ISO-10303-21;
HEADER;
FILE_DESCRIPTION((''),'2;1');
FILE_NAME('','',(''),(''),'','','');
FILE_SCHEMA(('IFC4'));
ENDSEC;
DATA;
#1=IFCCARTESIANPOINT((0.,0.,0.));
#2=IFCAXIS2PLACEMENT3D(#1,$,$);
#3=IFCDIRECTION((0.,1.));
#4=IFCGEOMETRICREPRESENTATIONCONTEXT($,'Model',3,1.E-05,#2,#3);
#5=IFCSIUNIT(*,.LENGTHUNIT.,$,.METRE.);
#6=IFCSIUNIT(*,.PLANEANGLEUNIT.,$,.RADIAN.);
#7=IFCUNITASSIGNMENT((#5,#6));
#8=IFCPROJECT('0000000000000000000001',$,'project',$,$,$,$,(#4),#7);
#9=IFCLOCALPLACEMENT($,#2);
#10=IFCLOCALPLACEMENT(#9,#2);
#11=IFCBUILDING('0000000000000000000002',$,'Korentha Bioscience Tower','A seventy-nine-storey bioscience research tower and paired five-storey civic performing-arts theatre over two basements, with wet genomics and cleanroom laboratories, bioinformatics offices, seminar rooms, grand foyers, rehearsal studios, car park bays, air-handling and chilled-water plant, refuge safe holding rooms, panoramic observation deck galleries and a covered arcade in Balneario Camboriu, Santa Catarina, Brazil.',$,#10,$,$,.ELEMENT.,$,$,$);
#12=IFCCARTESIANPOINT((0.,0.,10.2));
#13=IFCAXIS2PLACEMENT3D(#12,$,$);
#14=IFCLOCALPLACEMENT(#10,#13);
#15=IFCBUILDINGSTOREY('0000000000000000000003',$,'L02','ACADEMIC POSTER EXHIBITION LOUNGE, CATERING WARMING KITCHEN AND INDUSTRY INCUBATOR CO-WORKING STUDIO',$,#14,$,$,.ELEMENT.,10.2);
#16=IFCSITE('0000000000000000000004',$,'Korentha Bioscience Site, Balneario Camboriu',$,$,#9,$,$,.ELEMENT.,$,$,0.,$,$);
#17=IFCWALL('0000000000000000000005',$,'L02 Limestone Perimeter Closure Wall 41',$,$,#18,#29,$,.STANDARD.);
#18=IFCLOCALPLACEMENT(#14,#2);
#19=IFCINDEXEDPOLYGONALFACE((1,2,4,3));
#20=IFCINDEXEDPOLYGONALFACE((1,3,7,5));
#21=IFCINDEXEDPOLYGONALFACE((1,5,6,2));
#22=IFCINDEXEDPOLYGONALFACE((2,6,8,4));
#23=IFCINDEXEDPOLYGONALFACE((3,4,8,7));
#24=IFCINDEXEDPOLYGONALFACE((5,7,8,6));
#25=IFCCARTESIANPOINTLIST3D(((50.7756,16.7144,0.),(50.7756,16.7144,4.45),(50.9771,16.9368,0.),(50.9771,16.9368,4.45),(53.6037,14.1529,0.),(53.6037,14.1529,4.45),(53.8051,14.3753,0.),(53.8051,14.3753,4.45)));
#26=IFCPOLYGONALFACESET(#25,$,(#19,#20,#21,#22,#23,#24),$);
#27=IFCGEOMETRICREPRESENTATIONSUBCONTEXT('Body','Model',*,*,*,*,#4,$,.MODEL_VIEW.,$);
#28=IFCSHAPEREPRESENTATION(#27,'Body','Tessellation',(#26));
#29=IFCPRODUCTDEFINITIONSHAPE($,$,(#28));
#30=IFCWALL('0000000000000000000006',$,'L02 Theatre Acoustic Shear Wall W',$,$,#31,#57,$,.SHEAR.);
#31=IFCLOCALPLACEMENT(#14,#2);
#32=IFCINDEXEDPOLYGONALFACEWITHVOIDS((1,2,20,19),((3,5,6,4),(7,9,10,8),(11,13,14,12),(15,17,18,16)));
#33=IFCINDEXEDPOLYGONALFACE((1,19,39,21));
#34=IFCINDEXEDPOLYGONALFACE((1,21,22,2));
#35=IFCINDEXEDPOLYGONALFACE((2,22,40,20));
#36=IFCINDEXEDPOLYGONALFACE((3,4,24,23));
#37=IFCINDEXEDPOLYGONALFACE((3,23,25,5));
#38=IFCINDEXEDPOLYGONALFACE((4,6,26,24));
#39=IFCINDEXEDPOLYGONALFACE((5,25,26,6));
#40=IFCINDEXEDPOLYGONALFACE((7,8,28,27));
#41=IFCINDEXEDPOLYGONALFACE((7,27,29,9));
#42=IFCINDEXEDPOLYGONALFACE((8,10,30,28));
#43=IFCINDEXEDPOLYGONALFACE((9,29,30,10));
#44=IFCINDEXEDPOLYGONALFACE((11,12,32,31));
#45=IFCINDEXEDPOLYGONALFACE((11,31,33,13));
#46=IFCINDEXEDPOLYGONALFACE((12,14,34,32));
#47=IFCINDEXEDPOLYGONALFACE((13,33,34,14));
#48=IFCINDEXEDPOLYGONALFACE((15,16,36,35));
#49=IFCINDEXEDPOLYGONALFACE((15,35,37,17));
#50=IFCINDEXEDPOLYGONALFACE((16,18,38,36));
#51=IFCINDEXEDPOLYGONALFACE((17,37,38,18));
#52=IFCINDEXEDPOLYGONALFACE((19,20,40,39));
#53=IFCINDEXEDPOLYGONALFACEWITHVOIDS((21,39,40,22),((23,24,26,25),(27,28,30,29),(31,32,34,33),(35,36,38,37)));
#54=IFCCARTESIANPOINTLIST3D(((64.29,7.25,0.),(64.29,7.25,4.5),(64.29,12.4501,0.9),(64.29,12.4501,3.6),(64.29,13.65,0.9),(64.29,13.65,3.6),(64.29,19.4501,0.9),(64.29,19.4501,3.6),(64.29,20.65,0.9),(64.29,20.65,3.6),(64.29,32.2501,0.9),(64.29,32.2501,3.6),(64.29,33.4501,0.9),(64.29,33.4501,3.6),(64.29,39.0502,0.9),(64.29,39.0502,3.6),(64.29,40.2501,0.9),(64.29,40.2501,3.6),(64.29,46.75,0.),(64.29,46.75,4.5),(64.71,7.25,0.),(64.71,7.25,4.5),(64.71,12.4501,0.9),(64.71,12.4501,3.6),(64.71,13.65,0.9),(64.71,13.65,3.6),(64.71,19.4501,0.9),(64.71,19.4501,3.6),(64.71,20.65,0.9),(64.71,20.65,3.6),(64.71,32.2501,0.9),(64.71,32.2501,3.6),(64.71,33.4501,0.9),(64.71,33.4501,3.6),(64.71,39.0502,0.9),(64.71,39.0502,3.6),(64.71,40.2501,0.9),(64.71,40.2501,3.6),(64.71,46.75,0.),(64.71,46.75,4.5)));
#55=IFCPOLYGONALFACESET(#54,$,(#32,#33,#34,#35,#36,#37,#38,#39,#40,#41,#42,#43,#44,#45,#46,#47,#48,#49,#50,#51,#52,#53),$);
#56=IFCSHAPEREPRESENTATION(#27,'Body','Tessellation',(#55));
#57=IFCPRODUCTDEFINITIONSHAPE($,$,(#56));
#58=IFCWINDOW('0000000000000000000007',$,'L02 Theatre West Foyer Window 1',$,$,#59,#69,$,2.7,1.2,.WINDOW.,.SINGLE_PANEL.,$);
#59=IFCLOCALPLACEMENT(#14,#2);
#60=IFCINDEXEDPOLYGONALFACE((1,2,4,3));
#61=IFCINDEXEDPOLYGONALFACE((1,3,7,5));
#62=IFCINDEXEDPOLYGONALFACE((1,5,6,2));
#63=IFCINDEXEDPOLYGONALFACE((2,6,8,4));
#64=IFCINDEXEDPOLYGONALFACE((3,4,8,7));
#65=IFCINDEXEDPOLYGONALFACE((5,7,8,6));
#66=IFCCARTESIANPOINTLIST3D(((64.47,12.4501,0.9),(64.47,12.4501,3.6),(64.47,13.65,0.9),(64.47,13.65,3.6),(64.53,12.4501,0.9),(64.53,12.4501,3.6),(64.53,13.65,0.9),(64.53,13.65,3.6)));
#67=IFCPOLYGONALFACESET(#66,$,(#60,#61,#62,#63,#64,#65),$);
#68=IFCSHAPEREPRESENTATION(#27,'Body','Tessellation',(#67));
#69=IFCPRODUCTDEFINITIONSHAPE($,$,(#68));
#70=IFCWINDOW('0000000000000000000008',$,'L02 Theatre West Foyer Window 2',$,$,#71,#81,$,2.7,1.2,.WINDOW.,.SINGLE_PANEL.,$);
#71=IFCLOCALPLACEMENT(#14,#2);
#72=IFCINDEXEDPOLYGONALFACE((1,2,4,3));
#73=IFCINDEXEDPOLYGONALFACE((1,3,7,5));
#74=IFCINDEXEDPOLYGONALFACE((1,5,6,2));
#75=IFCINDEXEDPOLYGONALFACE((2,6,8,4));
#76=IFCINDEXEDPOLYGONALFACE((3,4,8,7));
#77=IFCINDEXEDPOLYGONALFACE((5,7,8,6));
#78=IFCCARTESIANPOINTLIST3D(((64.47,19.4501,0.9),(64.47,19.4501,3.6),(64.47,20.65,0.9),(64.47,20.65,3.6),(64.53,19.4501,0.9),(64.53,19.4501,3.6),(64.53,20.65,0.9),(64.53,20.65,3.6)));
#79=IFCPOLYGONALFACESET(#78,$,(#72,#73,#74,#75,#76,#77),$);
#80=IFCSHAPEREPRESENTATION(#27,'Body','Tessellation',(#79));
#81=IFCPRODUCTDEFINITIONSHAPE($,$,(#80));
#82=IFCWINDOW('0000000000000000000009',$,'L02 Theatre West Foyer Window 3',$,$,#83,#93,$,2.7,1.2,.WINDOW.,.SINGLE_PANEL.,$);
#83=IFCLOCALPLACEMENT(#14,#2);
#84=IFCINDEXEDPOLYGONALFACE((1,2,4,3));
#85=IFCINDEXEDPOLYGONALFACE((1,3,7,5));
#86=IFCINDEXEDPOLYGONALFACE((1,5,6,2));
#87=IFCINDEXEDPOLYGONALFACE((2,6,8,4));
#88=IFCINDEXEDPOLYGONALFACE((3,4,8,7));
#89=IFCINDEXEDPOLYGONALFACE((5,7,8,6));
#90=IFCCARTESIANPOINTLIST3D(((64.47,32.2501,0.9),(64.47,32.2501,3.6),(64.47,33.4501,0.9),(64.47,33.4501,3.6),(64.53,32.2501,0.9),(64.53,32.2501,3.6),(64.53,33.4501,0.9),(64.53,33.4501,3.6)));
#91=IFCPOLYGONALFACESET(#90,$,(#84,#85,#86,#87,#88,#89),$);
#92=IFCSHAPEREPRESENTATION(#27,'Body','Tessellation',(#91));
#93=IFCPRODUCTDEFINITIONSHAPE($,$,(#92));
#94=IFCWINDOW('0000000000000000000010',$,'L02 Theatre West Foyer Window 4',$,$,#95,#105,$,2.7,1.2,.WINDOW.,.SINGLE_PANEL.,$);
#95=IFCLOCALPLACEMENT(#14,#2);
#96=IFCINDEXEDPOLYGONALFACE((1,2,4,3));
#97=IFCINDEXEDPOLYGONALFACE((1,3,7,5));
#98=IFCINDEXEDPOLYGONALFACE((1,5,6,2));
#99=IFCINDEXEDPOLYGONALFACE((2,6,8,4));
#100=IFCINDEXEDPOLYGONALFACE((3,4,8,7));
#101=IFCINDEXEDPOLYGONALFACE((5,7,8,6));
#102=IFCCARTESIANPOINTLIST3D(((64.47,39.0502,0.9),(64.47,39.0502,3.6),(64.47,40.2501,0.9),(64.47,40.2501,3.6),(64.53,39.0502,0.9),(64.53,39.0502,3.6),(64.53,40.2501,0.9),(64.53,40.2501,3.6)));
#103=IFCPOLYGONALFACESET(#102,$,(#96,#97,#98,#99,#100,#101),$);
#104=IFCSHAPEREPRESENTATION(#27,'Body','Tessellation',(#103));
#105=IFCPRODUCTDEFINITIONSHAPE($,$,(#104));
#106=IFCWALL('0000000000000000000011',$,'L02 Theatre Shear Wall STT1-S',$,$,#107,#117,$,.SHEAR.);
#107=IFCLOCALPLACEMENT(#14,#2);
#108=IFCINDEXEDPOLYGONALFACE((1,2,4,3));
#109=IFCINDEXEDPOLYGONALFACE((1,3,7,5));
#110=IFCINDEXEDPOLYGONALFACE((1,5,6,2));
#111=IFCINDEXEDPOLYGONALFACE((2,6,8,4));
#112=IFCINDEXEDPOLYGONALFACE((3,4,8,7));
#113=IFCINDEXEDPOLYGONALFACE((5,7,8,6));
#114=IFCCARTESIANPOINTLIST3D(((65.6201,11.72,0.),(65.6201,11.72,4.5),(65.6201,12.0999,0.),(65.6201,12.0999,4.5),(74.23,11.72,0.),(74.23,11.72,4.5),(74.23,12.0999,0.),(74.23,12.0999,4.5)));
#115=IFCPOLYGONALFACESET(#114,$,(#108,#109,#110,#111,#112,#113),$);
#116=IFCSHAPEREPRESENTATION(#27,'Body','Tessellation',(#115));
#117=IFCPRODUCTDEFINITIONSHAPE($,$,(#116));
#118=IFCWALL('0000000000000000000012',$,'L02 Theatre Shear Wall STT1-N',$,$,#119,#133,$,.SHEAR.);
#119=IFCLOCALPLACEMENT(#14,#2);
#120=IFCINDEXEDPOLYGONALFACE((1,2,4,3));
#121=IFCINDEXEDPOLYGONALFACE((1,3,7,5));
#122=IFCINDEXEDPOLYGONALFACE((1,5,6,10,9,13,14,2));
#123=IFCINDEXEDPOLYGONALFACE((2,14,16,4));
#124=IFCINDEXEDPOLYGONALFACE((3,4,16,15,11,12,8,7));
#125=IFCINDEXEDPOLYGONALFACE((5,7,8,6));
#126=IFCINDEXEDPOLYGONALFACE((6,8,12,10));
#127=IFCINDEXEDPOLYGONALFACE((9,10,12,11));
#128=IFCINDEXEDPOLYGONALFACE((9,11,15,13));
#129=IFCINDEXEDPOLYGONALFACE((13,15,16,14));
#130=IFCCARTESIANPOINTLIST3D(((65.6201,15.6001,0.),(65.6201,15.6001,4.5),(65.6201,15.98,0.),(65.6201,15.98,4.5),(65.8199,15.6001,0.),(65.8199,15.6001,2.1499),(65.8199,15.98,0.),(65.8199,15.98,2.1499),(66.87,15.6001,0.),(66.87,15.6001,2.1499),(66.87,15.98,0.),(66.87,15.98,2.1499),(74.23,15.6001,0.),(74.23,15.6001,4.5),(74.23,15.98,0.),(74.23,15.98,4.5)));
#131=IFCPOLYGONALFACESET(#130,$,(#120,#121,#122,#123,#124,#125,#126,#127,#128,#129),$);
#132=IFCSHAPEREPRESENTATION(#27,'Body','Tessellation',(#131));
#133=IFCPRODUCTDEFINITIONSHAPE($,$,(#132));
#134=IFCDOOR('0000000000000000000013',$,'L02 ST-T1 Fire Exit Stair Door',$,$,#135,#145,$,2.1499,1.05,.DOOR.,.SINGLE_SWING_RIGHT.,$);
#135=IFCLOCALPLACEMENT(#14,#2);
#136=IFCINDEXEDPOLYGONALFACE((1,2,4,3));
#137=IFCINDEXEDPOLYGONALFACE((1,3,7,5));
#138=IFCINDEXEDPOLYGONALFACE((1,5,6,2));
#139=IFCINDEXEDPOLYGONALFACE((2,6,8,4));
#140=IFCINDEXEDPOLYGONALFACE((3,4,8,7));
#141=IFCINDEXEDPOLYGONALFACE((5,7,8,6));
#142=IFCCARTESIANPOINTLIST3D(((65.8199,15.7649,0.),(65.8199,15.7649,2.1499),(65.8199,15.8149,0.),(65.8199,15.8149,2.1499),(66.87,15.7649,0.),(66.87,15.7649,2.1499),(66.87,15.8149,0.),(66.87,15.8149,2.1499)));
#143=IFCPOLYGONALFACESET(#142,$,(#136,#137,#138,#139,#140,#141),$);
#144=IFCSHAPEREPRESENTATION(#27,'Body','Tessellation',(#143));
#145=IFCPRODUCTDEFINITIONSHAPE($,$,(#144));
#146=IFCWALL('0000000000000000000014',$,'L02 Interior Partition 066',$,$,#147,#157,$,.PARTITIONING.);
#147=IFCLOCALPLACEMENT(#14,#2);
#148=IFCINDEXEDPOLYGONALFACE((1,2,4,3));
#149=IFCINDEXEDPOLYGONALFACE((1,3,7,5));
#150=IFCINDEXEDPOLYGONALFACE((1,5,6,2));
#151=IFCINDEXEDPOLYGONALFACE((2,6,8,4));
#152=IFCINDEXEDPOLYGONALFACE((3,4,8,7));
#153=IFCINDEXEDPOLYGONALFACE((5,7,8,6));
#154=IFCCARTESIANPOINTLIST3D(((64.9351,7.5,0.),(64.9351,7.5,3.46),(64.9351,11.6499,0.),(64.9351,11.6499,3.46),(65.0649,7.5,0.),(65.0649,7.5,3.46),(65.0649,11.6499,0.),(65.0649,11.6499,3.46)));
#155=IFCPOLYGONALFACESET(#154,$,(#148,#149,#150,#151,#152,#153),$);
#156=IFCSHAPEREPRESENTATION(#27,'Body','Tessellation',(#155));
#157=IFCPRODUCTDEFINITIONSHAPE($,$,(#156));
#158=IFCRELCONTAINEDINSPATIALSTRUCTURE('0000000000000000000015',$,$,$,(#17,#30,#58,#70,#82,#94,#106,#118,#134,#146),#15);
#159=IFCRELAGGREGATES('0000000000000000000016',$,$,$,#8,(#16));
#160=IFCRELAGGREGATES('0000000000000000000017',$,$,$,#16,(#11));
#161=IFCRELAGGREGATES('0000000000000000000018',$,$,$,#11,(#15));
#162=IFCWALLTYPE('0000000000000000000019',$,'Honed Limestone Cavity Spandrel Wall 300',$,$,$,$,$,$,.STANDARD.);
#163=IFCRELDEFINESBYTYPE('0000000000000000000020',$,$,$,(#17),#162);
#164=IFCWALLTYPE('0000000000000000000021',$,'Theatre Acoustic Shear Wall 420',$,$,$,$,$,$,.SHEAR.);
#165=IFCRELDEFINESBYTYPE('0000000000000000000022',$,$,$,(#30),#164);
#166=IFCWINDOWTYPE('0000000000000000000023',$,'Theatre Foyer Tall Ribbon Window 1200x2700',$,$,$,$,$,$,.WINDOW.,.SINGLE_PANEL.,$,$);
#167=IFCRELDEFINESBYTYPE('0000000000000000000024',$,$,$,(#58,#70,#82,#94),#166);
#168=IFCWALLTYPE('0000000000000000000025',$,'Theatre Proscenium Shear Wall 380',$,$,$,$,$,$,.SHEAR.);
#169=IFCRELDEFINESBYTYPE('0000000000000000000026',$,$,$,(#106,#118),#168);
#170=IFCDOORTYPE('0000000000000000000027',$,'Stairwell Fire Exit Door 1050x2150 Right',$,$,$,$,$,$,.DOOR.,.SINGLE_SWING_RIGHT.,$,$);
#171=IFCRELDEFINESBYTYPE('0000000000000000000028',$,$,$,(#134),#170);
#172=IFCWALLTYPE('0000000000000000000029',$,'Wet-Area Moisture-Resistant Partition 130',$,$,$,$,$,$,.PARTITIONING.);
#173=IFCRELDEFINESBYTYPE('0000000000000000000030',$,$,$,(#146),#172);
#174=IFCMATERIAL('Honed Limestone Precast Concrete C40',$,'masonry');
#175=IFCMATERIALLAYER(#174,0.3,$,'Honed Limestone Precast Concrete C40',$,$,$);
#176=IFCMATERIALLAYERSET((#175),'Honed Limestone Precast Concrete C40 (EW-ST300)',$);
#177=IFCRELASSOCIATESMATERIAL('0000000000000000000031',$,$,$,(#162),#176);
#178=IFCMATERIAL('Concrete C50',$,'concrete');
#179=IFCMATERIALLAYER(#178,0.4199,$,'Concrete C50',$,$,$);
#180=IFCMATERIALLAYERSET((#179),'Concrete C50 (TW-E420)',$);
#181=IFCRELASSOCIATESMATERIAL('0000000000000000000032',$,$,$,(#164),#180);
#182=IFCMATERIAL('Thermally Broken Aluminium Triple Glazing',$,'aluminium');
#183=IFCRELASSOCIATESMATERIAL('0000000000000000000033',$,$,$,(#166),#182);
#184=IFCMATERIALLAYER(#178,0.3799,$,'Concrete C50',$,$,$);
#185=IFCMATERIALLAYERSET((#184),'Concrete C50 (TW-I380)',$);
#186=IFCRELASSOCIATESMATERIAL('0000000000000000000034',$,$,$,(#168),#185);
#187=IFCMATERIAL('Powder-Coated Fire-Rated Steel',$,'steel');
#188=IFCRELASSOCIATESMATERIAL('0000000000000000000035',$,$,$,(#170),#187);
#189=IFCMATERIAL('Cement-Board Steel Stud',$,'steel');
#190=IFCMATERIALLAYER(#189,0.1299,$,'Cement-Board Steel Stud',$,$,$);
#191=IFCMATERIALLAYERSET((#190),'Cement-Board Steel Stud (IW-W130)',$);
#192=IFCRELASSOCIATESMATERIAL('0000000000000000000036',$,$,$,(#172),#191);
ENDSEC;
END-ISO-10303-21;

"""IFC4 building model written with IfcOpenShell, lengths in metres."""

from ifc_helpers import new_model, si_unit, direction, frame, frame_2d, origin, place, context, subcontext, project, spatial, rectangle, extrude, material, layer, layer_set, type_object, element, fill, save


model = new_model("IFC4")

# Units and contexts
model_context = context("Model", 3, precision=1e-05, world=origin(), true_north=direction((0.0, 1.0)))
body_context = subcontext(model_context, "Body", "Model", "MODEL_VIEW")
ifc_project = project(units=[si_unit("LENGTHUNIT", "METRE"), si_unit("PLANEANGLEUNIT", "RADIAN")], contexts=[model_context])

# Site, building, storey
site_placement = place(None, origin())
site = spatial("IfcSite", under=ifc_project, at=site_placement, Name="Korentha Bioscience Site, Balneario Camboriu", CompositionType="ELEMENT", RefElevation=0.0)
building_placement = place(site_placement, origin())
building = spatial("IfcBuilding", under=site, at=building_placement, Name="Korentha Bioscience Tower", Description="A seventy-nine-storey bioscience research tower and paired five-storey civic performing-arts theatre over two basements, with wet genomics and cleanroom laboratories, bioinformatics offices, seminar rooms, grand foyers, rehearsal studios, car park bays, air-handling and chilled-water plant, refuge safe holding rooms, panoramic observation deck galleries and a covered arcade in Balneario Camboriu, Santa Catarina, Brazil.", CompositionType="ELEMENT")
storey_placement = place(building_placement, frame((0.0, 0.0, 10.2)))
storey = spatial("IfcBuildingStorey", under=building, at=storey_placement, Name="L02", Description="ACADEMIC POSTER EXHIBITION LOUNGE, CATERING WARMING KITCHEN AND INDUSTRY INCUBATOR CO-WORKING STUDIO", CompositionType="ELEMENT", Elevation=10.2)

# Wall
ifc_material_1 = material(Name="Honed Limestone Precast Concrete C40", Category="masonry")
ifc_layer_1 = layer(ifc_material_1, 0.3, Name="Honed Limestone Precast Concrete C40")
ifc_layer_set_1 = layer_set([ifc_layer_1], Name="Honed Limestone Precast Concrete C40 (EW-ST300)")
wall_type_1 = type_object("IfcWallType", Name="Honed Limestone Cavity Spandrel Wall 300", PredefinedType="STANDARD", material=ifc_layer_set_1)
wall_1_placement = place(storey_placement, frame((53.7043, 14.2642, 0.0), z_axis=(0.0, 0.0, 1.0), x_axis=(-0.741178, 0.671309, 0.0)))
element("IfcWall", 1, at=wall_1_placement, inside=storey, type_object=wall_type_1, Name="L02 Limestone Perimeter Closure Wall 41", PredefinedType="STANDARD", context=body_context, shape_type="SweptSolid", body=[
    extrude(rectangle(XDim=3.8157, YDim=0.3, at=frame_2d((1.9077, 0.0))), origin(), (0.0, 0.0, 1.0), 4.45),
])

# Wall, openings, windows
ifc_material_2 = material(Name="Concrete C50", Category="concrete")
ifc_layer_2 = layer(ifc_material_2, 0.4199, Name="Concrete C50")
ifc_layer_set_2 = layer_set([ifc_layer_2], Name="Concrete C50 (TW-E420)")
wall_type_2 = type_object("IfcWallType", Name="Theatre Acoustic Shear Wall 420", PredefinedType="SHEAR", material=ifc_layer_set_2)
wall_2_placement = place(storey_placement, frame((64.5, 7.25, 0.0), z_axis=(0.0, 0.0, 1.0), x_axis=(0.0, 1.0, 0.0)))
wall_2 = element("IfcWall", 2, at=wall_2_placement, inside=storey, type_object=wall_type_2, Name="L02 Theatre Acoustic Shear Wall W", PredefinedType="SHEAR", context=body_context, shape_type="SweptSolid", body=[
    extrude(rectangle(XDim=39.5, YDim=0.4199, at=frame_2d((19.75, 0.0))), origin(), (0.0, 0.0, 1.0), 4.5),
])
opening_1_placement = place(wall_2_placement, frame((5.2, 0.0, 0.8999)))
opening_1 = element("IfcOpeningElement", 3, at=opening_1_placement, cuts=wall_2, PredefinedType="OPENING", context=body_context, shape_type="SweptSolid", body=[
    extrude(rectangle(XDim=1.2, YDim=2.7, at=frame_2d((0.6001, 1.3501))), frame((0.0, 0.2249, 0.0), z_axis=(0.0, -1.0, 0.0), x_axis=(1.0, 0.0, 0.0)), (0.0, 0.0, 1.0), 0.4497),
])
opening_2_placement = place(wall_2_placement, frame((12.2, 0.0, 0.8999)))
opening_2 = element("IfcOpeningElement", 4, at=opening_2_placement, cuts=wall_2, PredefinedType="OPENING", context=body_context, shape_type="SweptSolid", body=[
    extrude(rectangle(XDim=1.2, YDim=2.7, at=frame_2d((0.6001, 1.3501))), frame((0.0, 0.2249, 0.0), z_axis=(0.0, -1.0, 0.0), x_axis=(1.0, 0.0, 0.0)), (0.0, 0.0, 1.0), 0.4497),
])
opening_3_placement = place(wall_2_placement, frame((25.0, 0.0, 0.8999)))
opening_3 = element("IfcOpeningElement", 5, at=opening_3_placement, cuts=wall_2, PredefinedType="OPENING", context=body_context, shape_type="SweptSolid", body=[
    extrude(rectangle(XDim=1.2, YDim=2.7, at=frame_2d((0.6001, 1.3501))), frame((0.0, 0.2249, 0.0), z_axis=(0.0, -1.0, 0.0), x_axis=(1.0, 0.0, 0.0)), (0.0, 0.0, 1.0), 0.4497),
])
opening_4_placement = place(wall_2_placement, frame((31.8, 0.0, 0.8999)))
opening_4 = element("IfcOpeningElement", 6, at=opening_4_placement, cuts=wall_2, PredefinedType="OPENING", context=body_context, shape_type="SweptSolid", body=[
    extrude(rectangle(XDim=1.2, YDim=2.7, at=frame_2d((0.6001, 1.3501))), frame((0.0, 0.2249, 0.0), z_axis=(0.0, -1.0, 0.0), x_axis=(1.0, 0.0, 0.0)), (0.0, 0.0, 1.0), 0.4497),
])
ifc_material_3 = material(Name="Thermally Broken Aluminium Triple Glazing", Category="aluminium")
window_type = type_object("IfcWindowType", Name="Theatre Foyer Tall Ribbon Window 1200x2700", PartitioningType="SINGLE_PANEL", PredefinedType="WINDOW", material=ifc_material_3)
window_1_placement = place(opening_1_placement, origin())
window_1 = element("IfcWindow", 7, at=window_1_placement, inside=storey, type_object=window_type, Name="L02 Theatre West Foyer Window 1", OverallHeight=2.7, OverallWidth=1.2, PartitioningType="SINGLE_PANEL", PredefinedType="WINDOW", context=body_context, shape_type="SweptSolid", body=[
    extrude(rectangle(XDim=1.2, YDim=2.7, at=frame_2d((0.6001, 1.3501))), frame((0.0, 0.03, 0.0), z_axis=(0.0, -1.0, 0.0), x_axis=(1.0, 0.0, 0.0)), (0.0, 0.0, 1.0), 0.0601),
])
fill(opening_1, window_1)
window_2_placement = place(opening_2_placement, origin())
window_2 = element("IfcWindow", 8, at=window_2_placement, inside=storey, type_object=window_type, Name="L02 Theatre West Foyer Window 2", OverallHeight=2.7, OverallWidth=1.2, PartitioningType="SINGLE_PANEL", PredefinedType="WINDOW", context=body_context, shape_type="SweptSolid", body=[
    extrude(rectangle(XDim=1.2, YDim=2.7, at=frame_2d((0.6001, 1.3501))), frame((0.0, 0.03, 0.0), z_axis=(0.0, -1.0, 0.0), x_axis=(1.0, 0.0, 0.0)), (0.0, 0.0, 1.0), 0.0601),
])
fill(opening_2, window_2)
window_3_placement = place(opening_3_placement, origin())
window_3 = element("IfcWindow", 9, at=window_3_placement, inside=storey, type_object=window_type, Name="L02 Theatre West Foyer Window 3", OverallHeight=2.7, OverallWidth=1.2, PartitioningType="SINGLE_PANEL", PredefinedType="WINDOW", context=body_context, shape_type="SweptSolid", body=[
    extrude(rectangle(XDim=1.2, YDim=2.7, at=frame_2d((0.6001, 1.3501))), frame((0.0, 0.03, 0.0), z_axis=(0.0, -1.0, 0.0), x_axis=(1.0, 0.0, 0.0)), (0.0, 0.0, 1.0), 0.0601),
])
fill(opening_3, window_3)
window_4_placement = place(opening_4_placement, origin())
window_4 = element("IfcWindow", 10, at=window_4_placement, inside=storey, type_object=window_type, Name="L02 Theatre West Foyer Window 4", OverallHeight=2.7, OverallWidth=1.2, PartitioningType="SINGLE_PANEL", PredefinedType="WINDOW", context=body_context, shape_type="SweptSolid", body=[
    extrude(rectangle(XDim=1.2, YDim=2.7, at=frame_2d((0.6001, 1.3501))), frame((0.0, 0.03, 0.0), z_axis=(0.0, -1.0, 0.0), x_axis=(1.0, 0.0, 0.0)), (0.0, 0.0, 1.0), 0.0601),
])
fill(opening_4, window_4)

# Wall
ifc_layer_3 = layer(ifc_material_2, 0.3799, Name="Concrete C50")
ifc_layer_set_3 = layer_set([ifc_layer_3], Name="Concrete C50 (TW-I380)")
wall_type_3 = type_object("IfcWallType", Name="Theatre Proscenium Shear Wall 380", PredefinedType="SHEAR", material=ifc_layer_set_3)
wall_3_placement = place(storey_placement, frame((65.6201, 11.9099, 0.0), z_axis=(0.0, 0.0, 1.0), x_axis=(1.0, 0.0, 0.0)))
element("IfcWall", 11, at=wall_3_placement, inside=storey, type_object=wall_type_3, Name="L02 Theatre Shear Wall STT1-S", PredefinedType="SHEAR", context=body_context, shape_type="SweptSolid", body=[
    extrude(rectangle(XDim=8.6099, YDim=0.3799, at=frame_2d((4.3049, 0.0))), origin(), (0.0, 0.0, 1.0), 4.5),
])

# Wall, opening, door
wall_4_placement = place(storey_placement, frame((65.6201, 15.79, 0.0), z_axis=(0.0, 0.0, 1.0), x_axis=(1.0, 0.0, 0.0)))
wall_4 = element("IfcWall", 12, at=wall_4_placement, inside=storey, type_object=wall_type_3, Name="L02 Theatre Shear Wall STT1-N", PredefinedType="SHEAR", context=body_context, shape_type="SweptSolid", body=[
    extrude(rectangle(XDim=8.6099, YDim=0.3799, at=frame_2d((4.3049, 0.0))), origin(), (0.0, 0.0, 1.0), 4.5),
])
opening_5_placement = place(wall_4_placement, frame((0.2, 0.0, 0.0)))
opening_5 = element("IfcOpeningElement", 13, at=opening_5_placement, cuts=wall_4, PredefinedType="OPENING", context=body_context, shape_type="SweptSolid", body=[
    extrude(rectangle(XDim=1.05, YDim=2.1499, at=frame_2d((0.5249, 1.075))), frame((0.0, 0.2048, 0.0), z_axis=(0.0, -1.0, 0.0), x_axis=(1.0, 0.0, 0.0)), (0.0, 0.0, 1.0), 0.4097),
])
ifc_material_4 = material(Name="Powder-Coated Fire-Rated Steel", Category="steel")
door_type = type_object("IfcDoorType", Name="Stairwell Fire Exit Door 1050x2150 Right", OperationType="SINGLE_SWING_RIGHT", PredefinedType="DOOR", material=ifc_material_4)
door_placement = place(opening_5_placement, origin())
door = element("IfcDoor", 14, at=door_placement, inside=storey, type_object=door_type, Name="L02 ST-T1 Fire Exit Stair Door", OperationType="SINGLE_SWING_RIGHT", OverallHeight=2.1499, OverallWidth=1.05, PredefinedType="DOOR", context=body_context, shape_type="SweptSolid", body=[
    extrude(rectangle(XDim=1.05, YDim=2.1499, at=frame_2d((0.5249, 1.075))), frame((0.0, 0.0249, 0.0), z_axis=(0.0, -1.0, 0.0), x_axis=(1.0, 0.0, 0.0)), (0.0, 0.0, 1.0), 0.05),
])
fill(opening_5, door)

# Wall
ifc_material_5 = material(Name="Cement-Board Steel Stud", Category="steel")
ifc_layer_4 = layer(ifc_material_5, 0.1299, Name="Cement-Board Steel Stud")
ifc_layer_set_4 = layer_set([ifc_layer_4], Name="Cement-Board Steel Stud (IW-W130)")
wall_type_4 = type_object("IfcWallType", Name="Wet-Area Moisture-Resistant Partition 130", PredefinedType="PARTITIONING", material=ifc_layer_set_4)
wall_5_placement = place(storey_placement, frame((65.0, 7.5, 0.0), z_axis=(0.0, 0.0, 1.0), x_axis=(0.0, 1.0, 0.0)))
element("IfcWall", 15, at=wall_5_placement, inside=storey, type_object=wall_type_4, Name="L02 Interior Partition 066", PredefinedType="PARTITIONING", context=body_context, shape_type="SweptSolid", body=[
    extrude(rectangle(XDim=4.1499, YDim=0.1299, at=frame_2d((2.075, 0.0))), origin(), (0.0, 0.0, 1.0), 3.46),
])

save(model, "model.ifc")
